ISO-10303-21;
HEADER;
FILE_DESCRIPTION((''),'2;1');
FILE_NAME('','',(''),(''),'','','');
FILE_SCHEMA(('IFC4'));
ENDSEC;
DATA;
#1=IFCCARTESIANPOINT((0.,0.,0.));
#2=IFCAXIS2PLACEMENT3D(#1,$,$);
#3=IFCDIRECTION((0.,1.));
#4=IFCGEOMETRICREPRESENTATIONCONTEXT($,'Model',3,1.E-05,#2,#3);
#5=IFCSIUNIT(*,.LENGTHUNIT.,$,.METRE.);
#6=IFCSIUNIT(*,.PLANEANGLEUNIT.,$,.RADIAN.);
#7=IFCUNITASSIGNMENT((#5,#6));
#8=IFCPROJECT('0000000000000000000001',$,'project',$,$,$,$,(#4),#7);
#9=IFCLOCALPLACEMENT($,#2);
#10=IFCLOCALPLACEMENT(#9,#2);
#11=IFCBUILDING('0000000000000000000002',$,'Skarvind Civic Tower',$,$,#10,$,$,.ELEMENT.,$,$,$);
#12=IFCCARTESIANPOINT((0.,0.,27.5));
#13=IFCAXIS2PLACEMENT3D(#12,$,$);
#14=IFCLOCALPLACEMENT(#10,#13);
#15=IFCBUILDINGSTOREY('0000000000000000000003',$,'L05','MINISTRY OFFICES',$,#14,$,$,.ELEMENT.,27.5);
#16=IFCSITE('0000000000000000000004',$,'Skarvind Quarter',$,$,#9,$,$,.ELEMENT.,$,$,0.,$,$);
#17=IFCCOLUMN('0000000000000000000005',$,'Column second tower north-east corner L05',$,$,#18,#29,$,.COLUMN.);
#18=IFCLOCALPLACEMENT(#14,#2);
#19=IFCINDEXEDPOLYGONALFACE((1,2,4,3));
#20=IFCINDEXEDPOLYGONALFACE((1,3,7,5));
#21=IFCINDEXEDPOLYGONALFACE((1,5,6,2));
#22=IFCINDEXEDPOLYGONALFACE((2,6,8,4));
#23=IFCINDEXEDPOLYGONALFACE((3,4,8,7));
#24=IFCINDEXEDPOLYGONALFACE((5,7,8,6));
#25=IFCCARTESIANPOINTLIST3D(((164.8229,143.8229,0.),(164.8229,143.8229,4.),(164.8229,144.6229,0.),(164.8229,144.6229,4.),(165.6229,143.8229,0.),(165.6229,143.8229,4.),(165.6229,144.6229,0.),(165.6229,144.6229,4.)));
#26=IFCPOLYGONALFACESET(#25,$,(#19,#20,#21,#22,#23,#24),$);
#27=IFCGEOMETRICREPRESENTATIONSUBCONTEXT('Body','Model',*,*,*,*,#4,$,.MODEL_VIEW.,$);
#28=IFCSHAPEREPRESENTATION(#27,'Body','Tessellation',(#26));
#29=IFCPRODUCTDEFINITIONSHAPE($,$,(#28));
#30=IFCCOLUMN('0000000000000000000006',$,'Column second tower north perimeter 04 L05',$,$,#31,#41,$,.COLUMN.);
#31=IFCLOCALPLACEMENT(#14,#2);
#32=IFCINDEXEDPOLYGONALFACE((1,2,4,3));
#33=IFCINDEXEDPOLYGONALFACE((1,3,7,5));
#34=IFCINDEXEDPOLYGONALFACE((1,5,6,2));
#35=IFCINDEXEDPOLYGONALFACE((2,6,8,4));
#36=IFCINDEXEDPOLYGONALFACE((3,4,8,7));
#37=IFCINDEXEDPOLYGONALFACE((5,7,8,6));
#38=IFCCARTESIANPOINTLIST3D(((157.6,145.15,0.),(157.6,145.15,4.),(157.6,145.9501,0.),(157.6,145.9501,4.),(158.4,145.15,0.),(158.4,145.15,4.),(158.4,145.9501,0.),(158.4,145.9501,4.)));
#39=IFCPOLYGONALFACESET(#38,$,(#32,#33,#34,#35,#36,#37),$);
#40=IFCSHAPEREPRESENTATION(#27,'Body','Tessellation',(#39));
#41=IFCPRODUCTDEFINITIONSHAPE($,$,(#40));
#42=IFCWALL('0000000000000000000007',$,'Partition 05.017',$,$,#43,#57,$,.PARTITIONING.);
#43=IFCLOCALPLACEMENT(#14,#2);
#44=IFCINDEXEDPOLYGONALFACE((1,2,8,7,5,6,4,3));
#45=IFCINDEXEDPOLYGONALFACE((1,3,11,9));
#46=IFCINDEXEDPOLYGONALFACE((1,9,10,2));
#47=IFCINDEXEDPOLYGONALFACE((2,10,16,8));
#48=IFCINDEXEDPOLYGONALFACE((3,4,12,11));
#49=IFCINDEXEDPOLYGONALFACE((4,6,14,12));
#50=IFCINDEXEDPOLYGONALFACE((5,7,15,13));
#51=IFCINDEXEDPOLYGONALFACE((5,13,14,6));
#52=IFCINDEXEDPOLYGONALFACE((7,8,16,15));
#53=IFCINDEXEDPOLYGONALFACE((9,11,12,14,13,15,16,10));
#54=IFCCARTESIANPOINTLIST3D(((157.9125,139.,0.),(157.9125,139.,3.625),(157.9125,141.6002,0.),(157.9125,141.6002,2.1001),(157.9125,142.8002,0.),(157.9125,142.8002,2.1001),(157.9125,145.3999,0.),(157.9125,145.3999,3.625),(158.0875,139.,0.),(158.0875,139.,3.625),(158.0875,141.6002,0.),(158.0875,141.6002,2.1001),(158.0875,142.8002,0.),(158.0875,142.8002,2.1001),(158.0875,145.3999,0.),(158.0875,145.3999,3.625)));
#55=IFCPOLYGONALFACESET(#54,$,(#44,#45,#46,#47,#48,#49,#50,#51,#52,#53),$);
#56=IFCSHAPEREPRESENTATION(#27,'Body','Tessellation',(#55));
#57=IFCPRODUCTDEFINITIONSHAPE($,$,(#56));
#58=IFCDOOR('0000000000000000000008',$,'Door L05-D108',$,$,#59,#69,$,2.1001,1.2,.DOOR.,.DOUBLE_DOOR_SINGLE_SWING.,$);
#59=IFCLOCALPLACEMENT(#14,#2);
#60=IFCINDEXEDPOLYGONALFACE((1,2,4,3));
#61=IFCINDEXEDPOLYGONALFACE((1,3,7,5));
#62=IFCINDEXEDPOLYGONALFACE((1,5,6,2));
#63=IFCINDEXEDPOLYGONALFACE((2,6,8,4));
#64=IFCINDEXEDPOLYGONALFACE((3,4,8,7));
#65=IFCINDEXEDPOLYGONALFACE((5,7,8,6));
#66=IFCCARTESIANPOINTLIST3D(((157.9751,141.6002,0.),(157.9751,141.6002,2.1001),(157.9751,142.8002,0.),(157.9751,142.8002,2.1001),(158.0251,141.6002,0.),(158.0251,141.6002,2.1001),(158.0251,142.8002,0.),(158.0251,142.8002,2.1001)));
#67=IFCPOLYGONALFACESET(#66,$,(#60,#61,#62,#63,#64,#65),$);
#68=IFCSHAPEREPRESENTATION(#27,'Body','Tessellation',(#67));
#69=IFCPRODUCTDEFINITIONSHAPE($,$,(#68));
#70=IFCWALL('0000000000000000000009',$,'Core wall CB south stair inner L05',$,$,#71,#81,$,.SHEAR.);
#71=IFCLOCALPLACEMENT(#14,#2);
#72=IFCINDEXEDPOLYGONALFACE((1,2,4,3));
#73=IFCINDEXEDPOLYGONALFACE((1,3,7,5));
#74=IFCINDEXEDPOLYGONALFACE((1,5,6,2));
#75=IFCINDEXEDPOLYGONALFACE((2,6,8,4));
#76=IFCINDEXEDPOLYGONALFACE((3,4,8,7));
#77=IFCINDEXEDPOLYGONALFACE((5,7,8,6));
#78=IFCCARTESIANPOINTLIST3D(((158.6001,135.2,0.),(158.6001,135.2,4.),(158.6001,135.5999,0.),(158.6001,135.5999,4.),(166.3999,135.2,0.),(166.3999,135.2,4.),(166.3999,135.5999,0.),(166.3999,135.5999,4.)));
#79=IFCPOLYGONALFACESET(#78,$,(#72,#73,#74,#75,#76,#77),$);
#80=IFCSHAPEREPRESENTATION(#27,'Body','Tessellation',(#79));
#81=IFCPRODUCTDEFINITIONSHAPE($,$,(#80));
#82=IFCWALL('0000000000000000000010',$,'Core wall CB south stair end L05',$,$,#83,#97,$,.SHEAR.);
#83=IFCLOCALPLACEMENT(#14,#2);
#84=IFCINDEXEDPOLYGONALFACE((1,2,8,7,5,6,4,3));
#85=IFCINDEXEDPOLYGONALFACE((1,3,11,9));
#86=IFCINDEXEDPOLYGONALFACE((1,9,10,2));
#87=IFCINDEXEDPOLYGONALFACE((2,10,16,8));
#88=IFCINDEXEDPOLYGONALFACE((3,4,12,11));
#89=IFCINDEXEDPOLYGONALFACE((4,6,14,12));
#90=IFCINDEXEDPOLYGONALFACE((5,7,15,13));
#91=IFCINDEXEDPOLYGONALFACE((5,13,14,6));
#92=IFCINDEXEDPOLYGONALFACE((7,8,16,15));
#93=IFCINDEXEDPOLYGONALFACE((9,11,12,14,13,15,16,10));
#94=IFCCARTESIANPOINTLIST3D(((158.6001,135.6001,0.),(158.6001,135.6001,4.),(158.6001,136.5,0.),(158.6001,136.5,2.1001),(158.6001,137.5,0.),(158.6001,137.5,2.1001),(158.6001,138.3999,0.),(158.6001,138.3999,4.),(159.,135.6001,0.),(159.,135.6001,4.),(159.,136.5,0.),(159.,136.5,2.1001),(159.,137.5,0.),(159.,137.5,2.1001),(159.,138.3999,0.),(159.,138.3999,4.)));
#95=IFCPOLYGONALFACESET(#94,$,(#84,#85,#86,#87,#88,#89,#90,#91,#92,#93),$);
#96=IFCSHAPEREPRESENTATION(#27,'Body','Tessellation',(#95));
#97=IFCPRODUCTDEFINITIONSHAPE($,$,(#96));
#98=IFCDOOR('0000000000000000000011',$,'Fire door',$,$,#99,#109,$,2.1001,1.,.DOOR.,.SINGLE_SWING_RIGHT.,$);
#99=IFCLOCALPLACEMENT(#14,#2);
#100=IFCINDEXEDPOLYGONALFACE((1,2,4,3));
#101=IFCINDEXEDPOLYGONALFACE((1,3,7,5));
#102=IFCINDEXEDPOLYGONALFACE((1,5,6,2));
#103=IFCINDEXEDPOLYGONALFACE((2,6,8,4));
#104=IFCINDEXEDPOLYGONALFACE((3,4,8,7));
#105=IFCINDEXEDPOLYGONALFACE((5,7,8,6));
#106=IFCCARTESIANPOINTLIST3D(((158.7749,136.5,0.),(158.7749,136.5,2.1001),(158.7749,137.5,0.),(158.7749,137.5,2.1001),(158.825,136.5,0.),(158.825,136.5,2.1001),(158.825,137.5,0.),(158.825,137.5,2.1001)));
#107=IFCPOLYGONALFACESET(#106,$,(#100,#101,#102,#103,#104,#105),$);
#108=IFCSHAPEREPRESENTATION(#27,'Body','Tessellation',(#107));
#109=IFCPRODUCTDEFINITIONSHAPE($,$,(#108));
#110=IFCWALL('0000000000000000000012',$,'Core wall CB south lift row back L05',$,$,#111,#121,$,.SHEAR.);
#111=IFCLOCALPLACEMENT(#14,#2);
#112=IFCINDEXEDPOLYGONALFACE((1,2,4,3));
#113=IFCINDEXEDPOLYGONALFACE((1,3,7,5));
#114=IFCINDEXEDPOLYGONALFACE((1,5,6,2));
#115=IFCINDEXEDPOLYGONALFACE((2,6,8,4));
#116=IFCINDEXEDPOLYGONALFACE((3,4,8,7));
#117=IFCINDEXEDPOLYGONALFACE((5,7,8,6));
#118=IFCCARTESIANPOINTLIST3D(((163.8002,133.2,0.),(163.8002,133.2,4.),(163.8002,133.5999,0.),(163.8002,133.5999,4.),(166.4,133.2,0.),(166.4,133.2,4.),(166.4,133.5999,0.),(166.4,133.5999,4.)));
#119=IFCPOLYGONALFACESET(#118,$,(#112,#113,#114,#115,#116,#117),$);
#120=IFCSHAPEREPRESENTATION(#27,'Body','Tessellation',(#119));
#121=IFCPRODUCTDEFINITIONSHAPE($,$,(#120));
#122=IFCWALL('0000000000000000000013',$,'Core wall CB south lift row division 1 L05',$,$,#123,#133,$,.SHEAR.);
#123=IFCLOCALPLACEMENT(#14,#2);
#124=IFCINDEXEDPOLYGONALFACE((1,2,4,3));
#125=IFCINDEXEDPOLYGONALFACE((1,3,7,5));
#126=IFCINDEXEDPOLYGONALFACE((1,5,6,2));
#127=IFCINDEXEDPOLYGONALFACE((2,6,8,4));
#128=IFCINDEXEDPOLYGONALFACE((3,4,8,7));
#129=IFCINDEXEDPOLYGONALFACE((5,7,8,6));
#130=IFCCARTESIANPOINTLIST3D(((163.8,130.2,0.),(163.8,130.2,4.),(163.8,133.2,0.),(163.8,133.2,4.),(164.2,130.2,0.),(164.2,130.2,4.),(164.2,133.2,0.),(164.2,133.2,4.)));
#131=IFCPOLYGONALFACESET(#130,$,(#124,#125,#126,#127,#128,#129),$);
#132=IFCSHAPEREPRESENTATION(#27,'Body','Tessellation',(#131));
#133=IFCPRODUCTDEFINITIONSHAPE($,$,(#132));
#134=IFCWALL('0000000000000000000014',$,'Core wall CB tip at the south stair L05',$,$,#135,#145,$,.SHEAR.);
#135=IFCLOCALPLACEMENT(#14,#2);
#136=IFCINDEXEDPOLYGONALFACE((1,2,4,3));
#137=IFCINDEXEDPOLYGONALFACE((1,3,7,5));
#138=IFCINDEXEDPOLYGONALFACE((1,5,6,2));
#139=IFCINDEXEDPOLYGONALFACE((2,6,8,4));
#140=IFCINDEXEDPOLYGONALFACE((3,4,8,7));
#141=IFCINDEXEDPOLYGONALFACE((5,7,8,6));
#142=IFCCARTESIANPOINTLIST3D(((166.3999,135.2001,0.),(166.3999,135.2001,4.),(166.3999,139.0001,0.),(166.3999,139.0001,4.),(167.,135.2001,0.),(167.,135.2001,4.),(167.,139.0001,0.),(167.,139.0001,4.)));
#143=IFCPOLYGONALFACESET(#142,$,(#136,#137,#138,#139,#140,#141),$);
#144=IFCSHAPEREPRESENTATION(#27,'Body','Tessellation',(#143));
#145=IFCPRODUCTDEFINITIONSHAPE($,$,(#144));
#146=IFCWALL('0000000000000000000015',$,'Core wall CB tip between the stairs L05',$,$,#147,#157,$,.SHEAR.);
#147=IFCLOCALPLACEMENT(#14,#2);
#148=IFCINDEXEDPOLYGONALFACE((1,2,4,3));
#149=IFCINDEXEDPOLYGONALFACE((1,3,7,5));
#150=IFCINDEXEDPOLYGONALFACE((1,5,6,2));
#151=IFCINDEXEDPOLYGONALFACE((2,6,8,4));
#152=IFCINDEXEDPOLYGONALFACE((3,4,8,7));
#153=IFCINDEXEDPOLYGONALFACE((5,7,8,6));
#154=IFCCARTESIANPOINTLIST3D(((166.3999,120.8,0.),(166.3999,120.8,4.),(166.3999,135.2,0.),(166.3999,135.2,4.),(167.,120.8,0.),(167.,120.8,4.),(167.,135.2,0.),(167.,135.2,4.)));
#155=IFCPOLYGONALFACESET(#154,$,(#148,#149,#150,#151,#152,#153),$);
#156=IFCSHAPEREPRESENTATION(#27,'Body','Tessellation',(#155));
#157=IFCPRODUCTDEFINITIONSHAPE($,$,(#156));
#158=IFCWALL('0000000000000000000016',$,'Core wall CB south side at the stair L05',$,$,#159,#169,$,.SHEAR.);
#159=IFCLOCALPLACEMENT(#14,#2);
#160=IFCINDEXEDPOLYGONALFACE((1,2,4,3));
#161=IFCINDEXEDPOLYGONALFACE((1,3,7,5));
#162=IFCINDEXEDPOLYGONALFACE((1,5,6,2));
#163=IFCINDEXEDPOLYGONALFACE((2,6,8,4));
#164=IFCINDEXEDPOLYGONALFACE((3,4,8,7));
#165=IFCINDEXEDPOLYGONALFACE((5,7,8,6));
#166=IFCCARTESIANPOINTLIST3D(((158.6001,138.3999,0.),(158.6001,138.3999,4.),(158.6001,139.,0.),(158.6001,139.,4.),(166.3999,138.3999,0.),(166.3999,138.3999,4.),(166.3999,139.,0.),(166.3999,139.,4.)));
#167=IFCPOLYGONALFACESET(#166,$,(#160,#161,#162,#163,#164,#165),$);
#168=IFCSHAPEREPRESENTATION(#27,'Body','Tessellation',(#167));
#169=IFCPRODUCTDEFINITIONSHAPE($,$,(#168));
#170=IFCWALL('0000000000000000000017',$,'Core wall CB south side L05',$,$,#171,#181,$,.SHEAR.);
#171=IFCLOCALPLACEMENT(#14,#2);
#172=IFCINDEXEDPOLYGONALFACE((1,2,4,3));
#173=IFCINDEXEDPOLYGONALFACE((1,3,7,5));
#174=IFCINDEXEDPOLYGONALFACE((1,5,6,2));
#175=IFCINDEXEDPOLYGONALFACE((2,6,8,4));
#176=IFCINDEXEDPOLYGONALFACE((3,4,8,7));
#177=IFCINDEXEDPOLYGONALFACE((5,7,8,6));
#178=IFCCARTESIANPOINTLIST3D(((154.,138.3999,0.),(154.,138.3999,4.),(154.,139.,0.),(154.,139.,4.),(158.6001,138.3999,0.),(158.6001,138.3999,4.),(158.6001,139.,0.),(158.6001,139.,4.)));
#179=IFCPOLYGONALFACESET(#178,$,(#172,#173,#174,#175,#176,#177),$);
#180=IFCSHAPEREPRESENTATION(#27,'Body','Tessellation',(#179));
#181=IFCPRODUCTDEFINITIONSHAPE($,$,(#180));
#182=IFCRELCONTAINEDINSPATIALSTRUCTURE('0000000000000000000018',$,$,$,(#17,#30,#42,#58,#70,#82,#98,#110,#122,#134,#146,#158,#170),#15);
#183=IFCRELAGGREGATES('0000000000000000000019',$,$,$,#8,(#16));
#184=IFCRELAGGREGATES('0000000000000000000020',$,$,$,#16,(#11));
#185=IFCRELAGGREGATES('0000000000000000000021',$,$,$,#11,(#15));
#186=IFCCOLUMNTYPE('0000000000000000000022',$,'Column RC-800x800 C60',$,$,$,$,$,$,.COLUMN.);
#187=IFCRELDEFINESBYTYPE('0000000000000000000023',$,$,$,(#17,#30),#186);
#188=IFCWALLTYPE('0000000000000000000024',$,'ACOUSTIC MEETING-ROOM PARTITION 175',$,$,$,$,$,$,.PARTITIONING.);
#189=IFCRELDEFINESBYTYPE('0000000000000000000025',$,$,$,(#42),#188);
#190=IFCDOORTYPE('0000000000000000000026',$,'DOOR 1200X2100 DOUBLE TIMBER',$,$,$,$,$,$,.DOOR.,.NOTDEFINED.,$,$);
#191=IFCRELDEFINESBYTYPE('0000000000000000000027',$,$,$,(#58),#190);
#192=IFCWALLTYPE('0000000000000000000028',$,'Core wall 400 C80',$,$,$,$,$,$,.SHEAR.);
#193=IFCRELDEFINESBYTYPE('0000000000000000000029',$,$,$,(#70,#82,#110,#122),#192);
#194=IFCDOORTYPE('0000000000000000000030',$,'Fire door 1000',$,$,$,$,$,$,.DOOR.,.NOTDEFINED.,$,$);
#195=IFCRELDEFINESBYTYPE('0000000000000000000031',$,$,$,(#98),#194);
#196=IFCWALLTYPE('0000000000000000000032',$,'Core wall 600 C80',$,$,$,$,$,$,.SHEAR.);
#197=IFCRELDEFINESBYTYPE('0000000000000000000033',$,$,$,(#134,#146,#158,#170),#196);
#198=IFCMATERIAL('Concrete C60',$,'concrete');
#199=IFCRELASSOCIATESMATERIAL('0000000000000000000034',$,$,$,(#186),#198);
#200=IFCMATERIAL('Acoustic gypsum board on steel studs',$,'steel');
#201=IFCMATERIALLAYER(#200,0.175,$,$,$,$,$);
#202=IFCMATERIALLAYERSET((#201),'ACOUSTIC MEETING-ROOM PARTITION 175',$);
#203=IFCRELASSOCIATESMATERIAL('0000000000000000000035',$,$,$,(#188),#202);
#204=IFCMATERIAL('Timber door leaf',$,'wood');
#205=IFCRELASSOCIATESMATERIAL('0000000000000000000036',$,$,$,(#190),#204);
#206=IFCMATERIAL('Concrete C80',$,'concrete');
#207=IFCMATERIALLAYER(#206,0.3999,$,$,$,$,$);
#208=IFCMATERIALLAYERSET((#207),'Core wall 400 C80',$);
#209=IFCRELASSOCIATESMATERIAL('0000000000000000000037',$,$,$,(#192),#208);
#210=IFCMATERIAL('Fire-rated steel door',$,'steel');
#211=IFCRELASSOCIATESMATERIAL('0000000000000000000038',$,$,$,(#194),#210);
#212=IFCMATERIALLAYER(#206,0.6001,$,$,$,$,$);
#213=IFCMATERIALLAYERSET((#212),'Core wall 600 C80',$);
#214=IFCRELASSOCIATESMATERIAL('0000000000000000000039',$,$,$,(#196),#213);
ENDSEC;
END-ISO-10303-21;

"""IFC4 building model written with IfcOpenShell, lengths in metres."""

from ifc_helpers import new_model, si_unit, direction, frame, frame_2d, origin, origin_2d, place, context, subcontext, project, spatial, rectangle, extrude, material, layer, layer_set, material_profile, profile_set, type_object, element, fill, save


model = new_model("IFC4")

# Units and contexts
model_context = context("Model", 3, precision=1e-05, world=origin(), true_north=direction((0.0, 1.0)))
body_context = subcontext(model_context, "Body", "Model", "MODEL_VIEW")
ifc_project = project(units=[si_unit("LENGTHUNIT", "METRE"), si_unit("PLANEANGLEUNIT", "RADIAN")], contexts=[model_context])

# Site, building, storey
site_placement = place(None, origin())
site = spatial("IfcSite", under=ifc_project, at=site_placement, Name="Skarvind Quarter", CompositionType="ELEMENT", RefElevation=0.0)
building_placement = place(site_placement, origin())
building = spatial("IfcBuilding", under=site, at=building_placement, Name="Skarvind Civic Tower", CompositionType="ELEMENT")
storey_placement = place(building_placement, frame((0.0, 0.0, 27.5)))
storey = spatial("IfcBuildingStorey", under=building, at=storey_placement, Name="L05", Description="MINISTRY OFFICES", CompositionType="ELEMENT", Elevation=27.5)

# Columns
ifc_material_1 = material(Name="Concrete C60", Category="concrete")
ifc_material_profile = material_profile(ifc_material_1, rectangle(XDim=0.8, YDim=0.8, at=origin_2d()), Name="RC-800x800")
ifc_profile_set = profile_set([ifc_material_profile], Name="Concrete C60")
column_type = type_object("IfcColumnType", Name="Column RC-800x800 C60", PredefinedType="COLUMN", material=ifc_profile_set)
for number, where, z_axis, x_axis, name in (
    (1, (165.2229, 144.2229, 0.0), (0.0, 0.0, 1.0), (1.0, 0.0, 0.0), "Column second tower north-east corner L05"),
    (2, (158.0, 145.55, 0.0), (0.0, 0.0, 1.0), (1.0, 0.0, 0.0), "Column second tower north perimeter 04 L05"),
):
    element("IfcColumn", number, at=place(storey_placement, frame(where, z_axis=z_axis, x_axis=x_axis)), inside=storey, type_object=column_type, Name=name, PredefinedType="COLUMN", context=body_context, shape_type="SweptSolid", body=[
        extrude(rectangle(XDim=0.8, YDim=0.8, at=origin_2d()), origin(), (0.0, 0.0, 1.0), 4.0),
    ])

# Wall, opening, door
ifc_material_2 = material(Name="Acoustic gypsum board on steel studs", Category="steel")
ifc_layer_1 = layer(ifc_material_2, 0.175)
ifc_layer_set_1 = layer_set([ifc_layer_1], Name="ACOUSTIC MEETING-ROOM PARTITION 175")
wall_type_1 = type_object("IfcWallType", Name="ACOUSTIC MEETING-ROOM PARTITION 175", PredefinedType="PARTITIONING", material=ifc_layer_set_1)
wall_1_placement = place(storey_placement, frame((158.0, 139.0, 0.0), z_axis=(0.0, 0.0, 1.0), x_axis=(0.0, 1.0, 0.0)))
wall_1 = element("IfcWall", 3, at=wall_1_placement, inside=storey, type_object=wall_type_1, Name="Partition 05.017", PredefinedType="PARTITIONING", context=body_context, shape_type="SweptSolid", body=[
    extrude(rectangle(XDim=6.3999, YDim=0.175, at=frame_2d((3.2, 0.0))), origin(), (0.0, 0.0, 1.0), 3.625),
])
opening_1_placement = place(wall_1_placement, frame((2.6001, 0.0, 0.0)))
opening_1 = element("IfcOpeningElement", 4, at=opening_1_placement, cuts=wall_1, PredefinedType="OPENING", context=body_context, shape_type="SweptSolid", body=[
    extrude(rectangle(XDim=1.2, YDim=2.1001, at=frame_2d((0.6001, 1.05))), frame((0.0, 0.0974, 0.0), z_axis=(0.0, -1.0, 0.0), x_axis=(1.0, 0.0, 0.0)), (0.0, 0.0, 1.0), 0.1951),
])
ifc_material_3 = material(Name="Timber door leaf", Category="wood")
door_type_1 = type_object("IfcDoorType", Name="DOOR 1200X2100 DOUBLE TIMBER", OperationType="NOTDEFINED", PredefinedType="DOOR", material=ifc_material_3)
door_1_placement = place(opening_1_placement, origin())
door_1 = element("IfcDoor", 5, at=door_1_placement, inside=storey, type_object=door_type_1, Name="Door L05-D108", OperationType="DOUBLE_DOOR_SINGLE_SWING", OverallHeight=2.1001, OverallWidth=1.2, PredefinedType="DOOR", context=body_context, shape_type="SweptSolid", body=[
    extrude(rectangle(XDim=1.2, YDim=2.1001, at=frame_2d((0.6001, 1.05))), frame((0.0, 0.0249, 0.0), z_axis=(0.0, -1.0, 0.0), x_axis=(1.0, 0.0, 0.0)), (0.0, 0.0, 1.0), 0.05),
])
fill(opening_1, door_1)

# Wall
ifc_material_4 = material(Name="Concrete C80", Category="concrete")
ifc_layer_2 = layer(ifc_material_4, 0.3999)
ifc_layer_set_2 = layer_set([ifc_layer_2], Name="Core wall 400 C80")
wall_type_2 = type_object("IfcWallType", Name="Core wall 400 C80", PredefinedType="SHEAR", material=ifc_layer_set_2)
wall_2_placement = place(storey_placement, frame((166.3999, 135.3999, 0.0), z_axis=(0.0, 0.0, 1.0), x_axis=(-1.0, 0.0, 0.0)))
element("IfcWall", 6, at=wall_2_placement, inside=storey, type_object=wall_type_2, Name="Core wall CB south stair inner L05", PredefinedType="SHEAR", context=body_context, shape_type="SweptSolid", body=[
    extrude(rectangle(XDim=7.7998, YDim=0.3999, at=frame_2d((3.8999, 0.0))), origin(), (0.0, 0.0, 1.0), 4.0),
])

# Wall, opening, door
wall_3_placement = place(storey_placement, frame((158.8, 138.3999, 0.0), z_axis=(0.0, 0.0, 1.0), x_axis=(0.0, -1.0, 0.0)))
wall_3 = element("IfcWall", 7, at=wall_3_placement, inside=storey, type_object=wall_type_2, Name="Core wall CB south stair end L05", PredefinedType="SHEAR", context=body_context, shape_type="SweptSolid", body=[
    extrude(rectangle(XDim=2.7998, YDim=0.3999, at=frame_2d((1.3999, 0.0))), origin(), (0.0, 0.0, 1.0), 4.0),
])
opening_2_placement = place(wall_3_placement, frame((0.8999, 0.0, 0.0)))
opening_2 = element("IfcOpeningElement", 8, at=opening_2_placement, cuts=wall_3, PredefinedType="OPENING", context=body_context, shape_type="SweptSolid", body=[
    extrude(rectangle(XDim=1.0, YDim=2.1001, at=frame_2d((0.5, 1.05))), frame((0.0, 0.21, 0.0), z_axis=(0.0, -1.0, 0.0), x_axis=(1.0, 0.0, 0.0)), (0.0, 0.0, 1.0), 0.4199),
])
ifc_material_5 = material(Name="Fire-rated steel door", Category="steel")
door_type_2 = type_object("IfcDoorType", Name="Fire door 1000", OperationType="NOTDEFINED", PredefinedType="DOOR", material=ifc_material_5)
door_2_placement = place(opening_2_placement, origin())
door_2 = element("IfcDoor", 9, at=door_2_placement, inside=storey, type_object=door_type_2, Name="Fire door", OperationType="SINGLE_SWING_RIGHT", OverallHeight=2.1001, OverallWidth=1.0, PredefinedType="DOOR", context=body_context, shape_type="SweptSolid", body=[
    extrude(rectangle(XDim=1.0, YDim=2.1001, at=frame_2d((0.5, 1.05))), frame((0.0, 0.0249, 0.0), z_axis=(0.0, -1.0, 0.0), x_axis=(1.0, 0.0, 0.0)), (0.0, 0.0, 1.0), 0.05),
])
fill(opening_2, door_2)

# Walls
wall_4_placement = place(storey_placement, frame((166.3999, 133.3999, 0.0), z_axis=(0.0, 0.0, 1.0), x_axis=(-1.0, 0.0, 0.0)))
element("IfcWall", 10, at=wall_4_placement, inside=storey, type_object=wall_type_2, Name="Core wall CB south lift row back L05", PredefinedType="SHEAR", context=body_context, shape_type="SweptSolid", body=[
    extrude(rectangle(XDim=2.5999, YDim=0.3999, at=frame_2d((1.2998, 0.0))), origin(), (0.0, 0.0, 1.0), 4.0),
])
wall_5_placement = place(storey_placement, frame((164.0, 133.2, 0.0), z_axis=(0.0, 0.0, 1.0), x_axis=(0.0, -1.0, 0.0)))
element("IfcWall", 11, at=wall_5_placement, inside=storey, type_object=wall_type_2, Name="Core wall CB south lift row division 1 L05", PredefinedType="SHEAR", context=body_context, shape_type="SweptSolid", body=[
    extrude(rectangle(XDim=3.0, YDim=0.3999, at=frame_2d((1.5, 0.0))), origin(), (0.0, 0.0, 1.0), 4.0),
])
ifc_layer_3 = layer(ifc_material_4, 0.6001)
ifc_layer_set_3 = layer_set([ifc_layer_3], Name="Core wall 600 C80")
wall_type_3 = type_object("IfcWallType", Name="Core wall 600 C80", PredefinedType="SHEAR", material=ifc_layer_set_3)
wall_6_placement = place(storey_placement, frame((166.7, 139.0, 0.0), z_axis=(0.0, 0.0, 1.0), x_axis=(0.0, -1.0, 0.0)))
element("IfcWall", 12, at=wall_6_placement, inside=storey, type_object=wall_type_3, Name="Core wall CB tip at the south stair L05", PredefinedType="SHEAR", context=body_context, shape_type="SweptSolid", body=[
    extrude(rectangle(XDim=3.8, YDim=0.6001, at=frame_2d((1.8999, 0.0))), origin(), (0.0, 0.0, 1.0), 4.0),
])
wall_7_placement = place(storey_placement, frame((166.7, 135.2, 0.0), z_axis=(0.0, 0.0, 1.0), x_axis=(0.0, -1.0, 0.0)))
element("IfcWall", 13, at=wall_7_placement, inside=storey, type_object=wall_type_3, Name="Core wall CB tip between the stairs L05", PredefinedType="SHEAR", context=body_context, shape_type="SweptSolid", body=[
    extrude(rectangle(XDim=14.3999, YDim=0.6001, at=frame_2d((7.2, 0.0))), origin(), (0.0, 0.0, 1.0), 4.0),
])
wall_8_placement = place(storey_placement, frame((166.3999, 138.7, 0.0), z_axis=(0.0, 0.0, 1.0), x_axis=(-1.0, 0.0, 0.0)))
element("IfcWall", 14, at=wall_8_placement, inside=storey, type_object=wall_type_3, Name="Core wall CB south side at the stair L05", PredefinedType="SHEAR", context=body_context, shape_type="SweptSolid", body=[
    extrude(rectangle(XDim=7.7998, YDim=0.6001, at=frame_2d((3.8999, 0.0))), origin(), (0.0, 0.0, 1.0), 4.0),
])
wall_9_placement = place(storey_placement, frame((158.6001, 138.7, 0.0), z_axis=(0.0, 0.0, 1.0), x_axis=(-1.0, 0.0, 0.0)))
element("IfcWall", 15, at=wall_9_placement, inside=storey, type_object=wall_type_3, Name="Core wall CB south side L05", PredefinedType="SHEAR", context=body_context, shape_type="SweptSolid", body=[
    extrude(rectangle(XDim=4.6001, YDim=0.6001, at=frame_2d((2.3, 0.0))), origin(), (0.0, 0.0, 1.0), 4.0),
])

save(model, "model.ifc")
